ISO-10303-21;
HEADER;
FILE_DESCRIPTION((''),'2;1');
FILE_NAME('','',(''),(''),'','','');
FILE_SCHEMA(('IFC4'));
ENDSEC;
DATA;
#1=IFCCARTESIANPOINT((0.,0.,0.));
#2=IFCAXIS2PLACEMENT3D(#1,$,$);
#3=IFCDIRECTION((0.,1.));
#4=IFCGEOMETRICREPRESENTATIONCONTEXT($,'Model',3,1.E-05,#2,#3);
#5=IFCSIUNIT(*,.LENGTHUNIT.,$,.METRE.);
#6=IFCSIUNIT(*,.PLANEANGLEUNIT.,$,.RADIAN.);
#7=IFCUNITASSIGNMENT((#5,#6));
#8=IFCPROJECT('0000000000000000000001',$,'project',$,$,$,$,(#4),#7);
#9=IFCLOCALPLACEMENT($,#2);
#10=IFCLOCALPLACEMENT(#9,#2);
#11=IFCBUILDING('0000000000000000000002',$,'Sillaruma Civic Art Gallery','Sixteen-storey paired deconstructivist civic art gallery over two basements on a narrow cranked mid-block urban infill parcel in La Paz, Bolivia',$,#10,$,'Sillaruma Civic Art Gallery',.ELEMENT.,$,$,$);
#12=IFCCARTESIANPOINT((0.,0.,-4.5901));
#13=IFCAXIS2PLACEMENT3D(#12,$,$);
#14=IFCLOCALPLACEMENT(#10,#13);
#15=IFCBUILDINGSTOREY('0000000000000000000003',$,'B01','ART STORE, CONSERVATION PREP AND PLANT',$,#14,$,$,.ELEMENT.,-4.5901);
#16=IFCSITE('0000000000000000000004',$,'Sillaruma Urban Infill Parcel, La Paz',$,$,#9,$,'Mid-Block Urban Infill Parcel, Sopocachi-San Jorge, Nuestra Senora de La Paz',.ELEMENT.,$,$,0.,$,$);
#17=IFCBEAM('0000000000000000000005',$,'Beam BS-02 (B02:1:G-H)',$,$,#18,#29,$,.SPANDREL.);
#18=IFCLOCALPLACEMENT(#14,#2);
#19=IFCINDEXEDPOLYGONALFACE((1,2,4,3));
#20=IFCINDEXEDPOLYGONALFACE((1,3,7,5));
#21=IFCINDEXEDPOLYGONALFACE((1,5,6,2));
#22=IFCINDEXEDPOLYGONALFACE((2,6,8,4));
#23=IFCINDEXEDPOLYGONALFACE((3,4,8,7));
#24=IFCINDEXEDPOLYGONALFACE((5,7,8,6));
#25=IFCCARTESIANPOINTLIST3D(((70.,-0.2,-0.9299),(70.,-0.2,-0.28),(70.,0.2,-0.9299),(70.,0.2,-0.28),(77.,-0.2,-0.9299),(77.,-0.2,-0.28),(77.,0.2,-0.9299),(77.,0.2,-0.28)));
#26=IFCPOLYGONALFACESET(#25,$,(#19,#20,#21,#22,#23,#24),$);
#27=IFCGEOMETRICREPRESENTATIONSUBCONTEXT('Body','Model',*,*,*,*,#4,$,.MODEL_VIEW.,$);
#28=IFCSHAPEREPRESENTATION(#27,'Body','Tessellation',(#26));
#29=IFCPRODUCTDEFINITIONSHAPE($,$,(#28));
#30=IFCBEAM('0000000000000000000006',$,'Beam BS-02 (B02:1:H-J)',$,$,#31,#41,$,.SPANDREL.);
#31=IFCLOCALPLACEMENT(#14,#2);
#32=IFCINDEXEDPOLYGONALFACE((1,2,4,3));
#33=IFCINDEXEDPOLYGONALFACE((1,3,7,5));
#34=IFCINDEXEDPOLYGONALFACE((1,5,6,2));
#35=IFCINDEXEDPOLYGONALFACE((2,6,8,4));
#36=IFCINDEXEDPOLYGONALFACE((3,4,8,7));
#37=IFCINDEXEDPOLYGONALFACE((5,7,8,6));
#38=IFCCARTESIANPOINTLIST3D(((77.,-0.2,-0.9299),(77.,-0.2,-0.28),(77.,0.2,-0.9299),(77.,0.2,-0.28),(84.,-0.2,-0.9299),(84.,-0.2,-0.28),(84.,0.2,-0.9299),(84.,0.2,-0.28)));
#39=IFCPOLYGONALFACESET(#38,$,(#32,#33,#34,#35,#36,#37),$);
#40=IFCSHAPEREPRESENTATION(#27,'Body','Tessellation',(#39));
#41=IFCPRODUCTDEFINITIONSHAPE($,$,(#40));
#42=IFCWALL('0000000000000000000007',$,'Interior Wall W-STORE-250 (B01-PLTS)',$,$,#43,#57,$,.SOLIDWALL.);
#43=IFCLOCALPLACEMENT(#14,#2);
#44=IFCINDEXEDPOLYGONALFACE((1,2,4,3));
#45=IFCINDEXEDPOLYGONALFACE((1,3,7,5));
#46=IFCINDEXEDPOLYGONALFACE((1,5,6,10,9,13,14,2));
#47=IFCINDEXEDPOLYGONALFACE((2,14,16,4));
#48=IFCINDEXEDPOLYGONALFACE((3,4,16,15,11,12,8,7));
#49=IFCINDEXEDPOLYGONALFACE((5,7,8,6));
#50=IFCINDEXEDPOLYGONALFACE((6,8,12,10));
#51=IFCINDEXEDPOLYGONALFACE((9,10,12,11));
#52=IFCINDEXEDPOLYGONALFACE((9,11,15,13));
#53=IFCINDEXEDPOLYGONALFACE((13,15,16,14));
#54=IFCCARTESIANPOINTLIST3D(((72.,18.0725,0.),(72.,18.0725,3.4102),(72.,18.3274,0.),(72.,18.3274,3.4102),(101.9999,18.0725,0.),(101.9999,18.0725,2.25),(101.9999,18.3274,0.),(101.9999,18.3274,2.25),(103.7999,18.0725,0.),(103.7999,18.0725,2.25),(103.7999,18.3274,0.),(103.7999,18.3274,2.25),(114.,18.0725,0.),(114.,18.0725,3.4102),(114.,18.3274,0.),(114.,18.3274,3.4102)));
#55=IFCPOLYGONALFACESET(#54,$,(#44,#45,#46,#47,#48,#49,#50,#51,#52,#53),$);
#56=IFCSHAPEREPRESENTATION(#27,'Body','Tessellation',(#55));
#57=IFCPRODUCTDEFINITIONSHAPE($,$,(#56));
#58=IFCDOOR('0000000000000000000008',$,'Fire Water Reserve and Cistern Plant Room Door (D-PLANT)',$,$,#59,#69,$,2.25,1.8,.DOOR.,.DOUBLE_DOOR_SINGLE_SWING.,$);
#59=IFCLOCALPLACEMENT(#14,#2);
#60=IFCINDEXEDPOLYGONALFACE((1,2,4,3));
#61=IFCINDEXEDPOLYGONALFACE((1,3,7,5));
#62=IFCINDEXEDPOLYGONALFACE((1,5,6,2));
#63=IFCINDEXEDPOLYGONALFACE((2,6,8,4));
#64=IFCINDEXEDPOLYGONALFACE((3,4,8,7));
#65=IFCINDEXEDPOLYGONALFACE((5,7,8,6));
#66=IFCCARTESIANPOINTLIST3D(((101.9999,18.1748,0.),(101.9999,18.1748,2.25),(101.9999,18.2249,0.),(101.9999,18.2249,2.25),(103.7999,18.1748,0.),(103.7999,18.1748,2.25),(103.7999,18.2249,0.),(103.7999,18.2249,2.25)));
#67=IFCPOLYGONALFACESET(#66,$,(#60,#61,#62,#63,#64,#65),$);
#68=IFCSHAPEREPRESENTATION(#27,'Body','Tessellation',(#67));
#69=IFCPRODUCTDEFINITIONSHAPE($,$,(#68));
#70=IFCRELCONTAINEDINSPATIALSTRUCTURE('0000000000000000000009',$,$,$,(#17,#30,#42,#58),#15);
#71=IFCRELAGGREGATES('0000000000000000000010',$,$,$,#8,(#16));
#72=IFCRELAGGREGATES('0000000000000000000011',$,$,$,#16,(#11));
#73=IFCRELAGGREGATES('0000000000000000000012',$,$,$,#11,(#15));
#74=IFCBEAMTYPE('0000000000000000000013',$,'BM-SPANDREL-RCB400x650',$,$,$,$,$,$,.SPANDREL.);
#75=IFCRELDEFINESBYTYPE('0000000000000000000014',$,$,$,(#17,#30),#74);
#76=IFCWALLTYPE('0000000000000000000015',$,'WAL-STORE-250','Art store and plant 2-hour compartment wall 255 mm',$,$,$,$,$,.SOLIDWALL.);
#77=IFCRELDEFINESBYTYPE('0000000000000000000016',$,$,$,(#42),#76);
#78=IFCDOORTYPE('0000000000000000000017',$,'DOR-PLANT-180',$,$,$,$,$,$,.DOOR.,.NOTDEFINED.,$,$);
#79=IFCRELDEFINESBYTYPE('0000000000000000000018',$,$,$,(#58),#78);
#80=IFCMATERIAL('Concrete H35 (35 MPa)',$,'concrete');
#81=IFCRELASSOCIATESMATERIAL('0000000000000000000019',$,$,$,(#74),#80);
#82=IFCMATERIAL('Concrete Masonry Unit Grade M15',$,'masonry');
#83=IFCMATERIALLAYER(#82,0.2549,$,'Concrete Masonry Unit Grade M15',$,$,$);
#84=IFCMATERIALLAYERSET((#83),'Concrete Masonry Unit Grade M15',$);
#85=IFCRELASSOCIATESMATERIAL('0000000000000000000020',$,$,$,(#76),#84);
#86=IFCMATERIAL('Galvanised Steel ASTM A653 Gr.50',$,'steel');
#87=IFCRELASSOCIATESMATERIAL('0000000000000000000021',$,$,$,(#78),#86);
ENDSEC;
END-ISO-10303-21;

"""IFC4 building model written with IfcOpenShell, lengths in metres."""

from ifc_helpers import new_model, si_unit, direction, frame, frame_2d, origin, origin_2d, place, context, subcontext, project, spatial, rectangle, extrude, material, layer, layer_set, material_profile, profile_set, type_object, element, fill, save


model = new_model("IFC4")

# Units and contexts
model_context = context("Model", 3, precision=1e-05, world=origin(), true_north=direction((0.0, 1.0)))
body_context = subcontext(model_context, "Body", "Model", "MODEL_VIEW")
ifc_project = project(units=[si_unit("LENGTHUNIT", "METRE"), si_unit("PLANEANGLEUNIT", "RADIAN")], contexts=[model_context])

# Site, building, storey
site_placement = place(None, origin())
site = spatial("IfcSite", under=ifc_project, at=site_placement, Name="Sillaruma Urban Infill Parcel, La Paz", LongName="Mid-Block Urban Infill Parcel, Sopocachi-San Jorge, Nuestra Senora de La Paz", CompositionType="ELEMENT", RefElevation=0.0)
building_placement = place(site_placement, origin())
building = spatial("IfcBuilding", under=site, at=building_placement, Name="Sillaruma Civic Art Gallery", Description="Sixteen-storey paired deconstructivist civic art gallery over two basements on a narrow cranked mid-block urban infill parcel in La Paz, Bolivia", LongName="Sillaruma Civic Art Gallery", CompositionType="ELEMENT")
storey_placement = place(building_placement, frame((0.0, 0.0, -4.5901)))
storey = spatial("IfcBuildingStorey", under=building, at=storey_placement, Name="B01", Description="ART STORE, CONSERVATION PREP AND PLANT", CompositionType="ELEMENT", Elevation=-4.5901)

# Beams
ifc_material_1 = material(Name="Concrete H35 (35 MPa)", Category="concrete")
ifc_material_profile_1 = material_profile(ifc_material_1, rectangle(XDim=0.3999, YDim=0.6499, at=origin_2d()), Name="RCB400x650")
ifc_profile_set_1 = profile_set([ifc_material_profile_1], Name="Concrete H35 (35 MPa)")
beam_type_1 = type_object("IfcBeamType", Name="BM-SPANDREL-RCB400x650", PredefinedType="SPANDREL", material=ifc_profile_set_1)
for number, where, z_axis, x_axis, name in (
    (1, (70.0, 0.0, -0.605), (1.0, 0.0, 0.0), (0.0, 1.0, 0.0), "Beam BS-02 (B02:1:G-H)"),
    (2, (77.0, 0.0, -0.605), (1.0, 0.0, 0.0), (0.0, 1.0, 0.0), "Beam BS-02 (B02:1:H-J)"),
):
    element("IfcBeam", number, at=place(storey_placement, frame(where, z_axis=z_axis, x_axis=x_axis)), inside=storey, type_object=beam_type_1, Name=name, PredefinedType="SPANDREL", context=body_context, shape_type="SweptSolid", body=[
        extrude(rectangle(XDim=0.3999, YDim=0.6499, at=origin_2d()), origin(), (0.0, 0.0, 1.0), 7.0),
    ])

# Wall, opening, door
ifc_material_2 = material(Name="Concrete Masonry Unit Grade M15", Category="masonry")
ifc_layer = layer(ifc_material_2, 0.2549, Name="Concrete Masonry Unit Grade M15")
ifc_layer_set = layer_set([ifc_layer], Name="Concrete Masonry Unit Grade M15")
wall_type = type_object("IfcWallType", Name="WAL-STORE-250", Description="Art store and plant 2-hour compartment wall 255 mm", PredefinedType="SOLIDWALL", material=ifc_layer_set)
wall_placement = place(storey_placement, frame((72.0, 18.2, 0.0), z_axis=(0.0, 0.0, 1.0), x_axis=(1.0, 0.0, 0.0)))
wall = element("IfcWall", 3, at=wall_placement, inside=storey, type_object=wall_type, Name="Interior Wall W-STORE-250 (B01-PLTS)", PredefinedType="SOLIDWALL", context=body_context, shape_type="SweptSolid", body=[
    extrude(rectangle(XDim=42.0, YDim=0.2549, at=frame_2d((21.0, 0.0))), origin(), (0.0, 0.0, 1.0), 3.4102),
])
opening_placement = place(wall_placement, frame((30.0, 0.0, 0.0)))
opening = element("IfcOpeningElement", 4, at=opening_placement, cuts=wall, PredefinedType="OPENING", context=body_context, shape_type="SweptSolid", body=[
    extrude(rectangle(XDim=1.8, YDim=2.25, at=frame_2d((0.8999, 1.125))), frame((0.0, 0.1375, 0.0), z_axis=(0.0, -1.0, 0.0), x_axis=(1.0, 0.0, 0.0)), (0.0, 0.0, 1.0), 0.2749),
])
ifc_material_3 = material(Name="Galvanised Steel ASTM A653 Gr.50", Category="steel")
door_type = type_object("IfcDoorType", Name="DOR-PLANT-180", OperationType="NOTDEFINED", PredefinedType="DOOR", material=ifc_material_3)
door_placement = place(opening_placement, origin())
door = element("IfcDoor", 5, at=door_placement, inside=storey, type_object=door_type, Name="Fire Water Reserve and Cistern Plant Room Door (D-PLANT)", OperationType="DOUBLE_DOOR_SINGLE_SWING", OverallHeight=2.25, OverallWidth=1.8, PredefinedType="DOOR", context=body_context, shape_type="SweptSolid", body=[
    extrude(rectangle(XDim=1.8, YDim=2.25, at=frame_2d((0.8999, 1.125))), frame((0.0, 0.0249, 0.0), z_axis=(0.0, -1.0, 0.0), x_axis=(1.0, 0.0, 0.0)), (0.0, 0.0, 1.0), 0.05),
])
fill(opening, door)

save(model, "model.ifc")
